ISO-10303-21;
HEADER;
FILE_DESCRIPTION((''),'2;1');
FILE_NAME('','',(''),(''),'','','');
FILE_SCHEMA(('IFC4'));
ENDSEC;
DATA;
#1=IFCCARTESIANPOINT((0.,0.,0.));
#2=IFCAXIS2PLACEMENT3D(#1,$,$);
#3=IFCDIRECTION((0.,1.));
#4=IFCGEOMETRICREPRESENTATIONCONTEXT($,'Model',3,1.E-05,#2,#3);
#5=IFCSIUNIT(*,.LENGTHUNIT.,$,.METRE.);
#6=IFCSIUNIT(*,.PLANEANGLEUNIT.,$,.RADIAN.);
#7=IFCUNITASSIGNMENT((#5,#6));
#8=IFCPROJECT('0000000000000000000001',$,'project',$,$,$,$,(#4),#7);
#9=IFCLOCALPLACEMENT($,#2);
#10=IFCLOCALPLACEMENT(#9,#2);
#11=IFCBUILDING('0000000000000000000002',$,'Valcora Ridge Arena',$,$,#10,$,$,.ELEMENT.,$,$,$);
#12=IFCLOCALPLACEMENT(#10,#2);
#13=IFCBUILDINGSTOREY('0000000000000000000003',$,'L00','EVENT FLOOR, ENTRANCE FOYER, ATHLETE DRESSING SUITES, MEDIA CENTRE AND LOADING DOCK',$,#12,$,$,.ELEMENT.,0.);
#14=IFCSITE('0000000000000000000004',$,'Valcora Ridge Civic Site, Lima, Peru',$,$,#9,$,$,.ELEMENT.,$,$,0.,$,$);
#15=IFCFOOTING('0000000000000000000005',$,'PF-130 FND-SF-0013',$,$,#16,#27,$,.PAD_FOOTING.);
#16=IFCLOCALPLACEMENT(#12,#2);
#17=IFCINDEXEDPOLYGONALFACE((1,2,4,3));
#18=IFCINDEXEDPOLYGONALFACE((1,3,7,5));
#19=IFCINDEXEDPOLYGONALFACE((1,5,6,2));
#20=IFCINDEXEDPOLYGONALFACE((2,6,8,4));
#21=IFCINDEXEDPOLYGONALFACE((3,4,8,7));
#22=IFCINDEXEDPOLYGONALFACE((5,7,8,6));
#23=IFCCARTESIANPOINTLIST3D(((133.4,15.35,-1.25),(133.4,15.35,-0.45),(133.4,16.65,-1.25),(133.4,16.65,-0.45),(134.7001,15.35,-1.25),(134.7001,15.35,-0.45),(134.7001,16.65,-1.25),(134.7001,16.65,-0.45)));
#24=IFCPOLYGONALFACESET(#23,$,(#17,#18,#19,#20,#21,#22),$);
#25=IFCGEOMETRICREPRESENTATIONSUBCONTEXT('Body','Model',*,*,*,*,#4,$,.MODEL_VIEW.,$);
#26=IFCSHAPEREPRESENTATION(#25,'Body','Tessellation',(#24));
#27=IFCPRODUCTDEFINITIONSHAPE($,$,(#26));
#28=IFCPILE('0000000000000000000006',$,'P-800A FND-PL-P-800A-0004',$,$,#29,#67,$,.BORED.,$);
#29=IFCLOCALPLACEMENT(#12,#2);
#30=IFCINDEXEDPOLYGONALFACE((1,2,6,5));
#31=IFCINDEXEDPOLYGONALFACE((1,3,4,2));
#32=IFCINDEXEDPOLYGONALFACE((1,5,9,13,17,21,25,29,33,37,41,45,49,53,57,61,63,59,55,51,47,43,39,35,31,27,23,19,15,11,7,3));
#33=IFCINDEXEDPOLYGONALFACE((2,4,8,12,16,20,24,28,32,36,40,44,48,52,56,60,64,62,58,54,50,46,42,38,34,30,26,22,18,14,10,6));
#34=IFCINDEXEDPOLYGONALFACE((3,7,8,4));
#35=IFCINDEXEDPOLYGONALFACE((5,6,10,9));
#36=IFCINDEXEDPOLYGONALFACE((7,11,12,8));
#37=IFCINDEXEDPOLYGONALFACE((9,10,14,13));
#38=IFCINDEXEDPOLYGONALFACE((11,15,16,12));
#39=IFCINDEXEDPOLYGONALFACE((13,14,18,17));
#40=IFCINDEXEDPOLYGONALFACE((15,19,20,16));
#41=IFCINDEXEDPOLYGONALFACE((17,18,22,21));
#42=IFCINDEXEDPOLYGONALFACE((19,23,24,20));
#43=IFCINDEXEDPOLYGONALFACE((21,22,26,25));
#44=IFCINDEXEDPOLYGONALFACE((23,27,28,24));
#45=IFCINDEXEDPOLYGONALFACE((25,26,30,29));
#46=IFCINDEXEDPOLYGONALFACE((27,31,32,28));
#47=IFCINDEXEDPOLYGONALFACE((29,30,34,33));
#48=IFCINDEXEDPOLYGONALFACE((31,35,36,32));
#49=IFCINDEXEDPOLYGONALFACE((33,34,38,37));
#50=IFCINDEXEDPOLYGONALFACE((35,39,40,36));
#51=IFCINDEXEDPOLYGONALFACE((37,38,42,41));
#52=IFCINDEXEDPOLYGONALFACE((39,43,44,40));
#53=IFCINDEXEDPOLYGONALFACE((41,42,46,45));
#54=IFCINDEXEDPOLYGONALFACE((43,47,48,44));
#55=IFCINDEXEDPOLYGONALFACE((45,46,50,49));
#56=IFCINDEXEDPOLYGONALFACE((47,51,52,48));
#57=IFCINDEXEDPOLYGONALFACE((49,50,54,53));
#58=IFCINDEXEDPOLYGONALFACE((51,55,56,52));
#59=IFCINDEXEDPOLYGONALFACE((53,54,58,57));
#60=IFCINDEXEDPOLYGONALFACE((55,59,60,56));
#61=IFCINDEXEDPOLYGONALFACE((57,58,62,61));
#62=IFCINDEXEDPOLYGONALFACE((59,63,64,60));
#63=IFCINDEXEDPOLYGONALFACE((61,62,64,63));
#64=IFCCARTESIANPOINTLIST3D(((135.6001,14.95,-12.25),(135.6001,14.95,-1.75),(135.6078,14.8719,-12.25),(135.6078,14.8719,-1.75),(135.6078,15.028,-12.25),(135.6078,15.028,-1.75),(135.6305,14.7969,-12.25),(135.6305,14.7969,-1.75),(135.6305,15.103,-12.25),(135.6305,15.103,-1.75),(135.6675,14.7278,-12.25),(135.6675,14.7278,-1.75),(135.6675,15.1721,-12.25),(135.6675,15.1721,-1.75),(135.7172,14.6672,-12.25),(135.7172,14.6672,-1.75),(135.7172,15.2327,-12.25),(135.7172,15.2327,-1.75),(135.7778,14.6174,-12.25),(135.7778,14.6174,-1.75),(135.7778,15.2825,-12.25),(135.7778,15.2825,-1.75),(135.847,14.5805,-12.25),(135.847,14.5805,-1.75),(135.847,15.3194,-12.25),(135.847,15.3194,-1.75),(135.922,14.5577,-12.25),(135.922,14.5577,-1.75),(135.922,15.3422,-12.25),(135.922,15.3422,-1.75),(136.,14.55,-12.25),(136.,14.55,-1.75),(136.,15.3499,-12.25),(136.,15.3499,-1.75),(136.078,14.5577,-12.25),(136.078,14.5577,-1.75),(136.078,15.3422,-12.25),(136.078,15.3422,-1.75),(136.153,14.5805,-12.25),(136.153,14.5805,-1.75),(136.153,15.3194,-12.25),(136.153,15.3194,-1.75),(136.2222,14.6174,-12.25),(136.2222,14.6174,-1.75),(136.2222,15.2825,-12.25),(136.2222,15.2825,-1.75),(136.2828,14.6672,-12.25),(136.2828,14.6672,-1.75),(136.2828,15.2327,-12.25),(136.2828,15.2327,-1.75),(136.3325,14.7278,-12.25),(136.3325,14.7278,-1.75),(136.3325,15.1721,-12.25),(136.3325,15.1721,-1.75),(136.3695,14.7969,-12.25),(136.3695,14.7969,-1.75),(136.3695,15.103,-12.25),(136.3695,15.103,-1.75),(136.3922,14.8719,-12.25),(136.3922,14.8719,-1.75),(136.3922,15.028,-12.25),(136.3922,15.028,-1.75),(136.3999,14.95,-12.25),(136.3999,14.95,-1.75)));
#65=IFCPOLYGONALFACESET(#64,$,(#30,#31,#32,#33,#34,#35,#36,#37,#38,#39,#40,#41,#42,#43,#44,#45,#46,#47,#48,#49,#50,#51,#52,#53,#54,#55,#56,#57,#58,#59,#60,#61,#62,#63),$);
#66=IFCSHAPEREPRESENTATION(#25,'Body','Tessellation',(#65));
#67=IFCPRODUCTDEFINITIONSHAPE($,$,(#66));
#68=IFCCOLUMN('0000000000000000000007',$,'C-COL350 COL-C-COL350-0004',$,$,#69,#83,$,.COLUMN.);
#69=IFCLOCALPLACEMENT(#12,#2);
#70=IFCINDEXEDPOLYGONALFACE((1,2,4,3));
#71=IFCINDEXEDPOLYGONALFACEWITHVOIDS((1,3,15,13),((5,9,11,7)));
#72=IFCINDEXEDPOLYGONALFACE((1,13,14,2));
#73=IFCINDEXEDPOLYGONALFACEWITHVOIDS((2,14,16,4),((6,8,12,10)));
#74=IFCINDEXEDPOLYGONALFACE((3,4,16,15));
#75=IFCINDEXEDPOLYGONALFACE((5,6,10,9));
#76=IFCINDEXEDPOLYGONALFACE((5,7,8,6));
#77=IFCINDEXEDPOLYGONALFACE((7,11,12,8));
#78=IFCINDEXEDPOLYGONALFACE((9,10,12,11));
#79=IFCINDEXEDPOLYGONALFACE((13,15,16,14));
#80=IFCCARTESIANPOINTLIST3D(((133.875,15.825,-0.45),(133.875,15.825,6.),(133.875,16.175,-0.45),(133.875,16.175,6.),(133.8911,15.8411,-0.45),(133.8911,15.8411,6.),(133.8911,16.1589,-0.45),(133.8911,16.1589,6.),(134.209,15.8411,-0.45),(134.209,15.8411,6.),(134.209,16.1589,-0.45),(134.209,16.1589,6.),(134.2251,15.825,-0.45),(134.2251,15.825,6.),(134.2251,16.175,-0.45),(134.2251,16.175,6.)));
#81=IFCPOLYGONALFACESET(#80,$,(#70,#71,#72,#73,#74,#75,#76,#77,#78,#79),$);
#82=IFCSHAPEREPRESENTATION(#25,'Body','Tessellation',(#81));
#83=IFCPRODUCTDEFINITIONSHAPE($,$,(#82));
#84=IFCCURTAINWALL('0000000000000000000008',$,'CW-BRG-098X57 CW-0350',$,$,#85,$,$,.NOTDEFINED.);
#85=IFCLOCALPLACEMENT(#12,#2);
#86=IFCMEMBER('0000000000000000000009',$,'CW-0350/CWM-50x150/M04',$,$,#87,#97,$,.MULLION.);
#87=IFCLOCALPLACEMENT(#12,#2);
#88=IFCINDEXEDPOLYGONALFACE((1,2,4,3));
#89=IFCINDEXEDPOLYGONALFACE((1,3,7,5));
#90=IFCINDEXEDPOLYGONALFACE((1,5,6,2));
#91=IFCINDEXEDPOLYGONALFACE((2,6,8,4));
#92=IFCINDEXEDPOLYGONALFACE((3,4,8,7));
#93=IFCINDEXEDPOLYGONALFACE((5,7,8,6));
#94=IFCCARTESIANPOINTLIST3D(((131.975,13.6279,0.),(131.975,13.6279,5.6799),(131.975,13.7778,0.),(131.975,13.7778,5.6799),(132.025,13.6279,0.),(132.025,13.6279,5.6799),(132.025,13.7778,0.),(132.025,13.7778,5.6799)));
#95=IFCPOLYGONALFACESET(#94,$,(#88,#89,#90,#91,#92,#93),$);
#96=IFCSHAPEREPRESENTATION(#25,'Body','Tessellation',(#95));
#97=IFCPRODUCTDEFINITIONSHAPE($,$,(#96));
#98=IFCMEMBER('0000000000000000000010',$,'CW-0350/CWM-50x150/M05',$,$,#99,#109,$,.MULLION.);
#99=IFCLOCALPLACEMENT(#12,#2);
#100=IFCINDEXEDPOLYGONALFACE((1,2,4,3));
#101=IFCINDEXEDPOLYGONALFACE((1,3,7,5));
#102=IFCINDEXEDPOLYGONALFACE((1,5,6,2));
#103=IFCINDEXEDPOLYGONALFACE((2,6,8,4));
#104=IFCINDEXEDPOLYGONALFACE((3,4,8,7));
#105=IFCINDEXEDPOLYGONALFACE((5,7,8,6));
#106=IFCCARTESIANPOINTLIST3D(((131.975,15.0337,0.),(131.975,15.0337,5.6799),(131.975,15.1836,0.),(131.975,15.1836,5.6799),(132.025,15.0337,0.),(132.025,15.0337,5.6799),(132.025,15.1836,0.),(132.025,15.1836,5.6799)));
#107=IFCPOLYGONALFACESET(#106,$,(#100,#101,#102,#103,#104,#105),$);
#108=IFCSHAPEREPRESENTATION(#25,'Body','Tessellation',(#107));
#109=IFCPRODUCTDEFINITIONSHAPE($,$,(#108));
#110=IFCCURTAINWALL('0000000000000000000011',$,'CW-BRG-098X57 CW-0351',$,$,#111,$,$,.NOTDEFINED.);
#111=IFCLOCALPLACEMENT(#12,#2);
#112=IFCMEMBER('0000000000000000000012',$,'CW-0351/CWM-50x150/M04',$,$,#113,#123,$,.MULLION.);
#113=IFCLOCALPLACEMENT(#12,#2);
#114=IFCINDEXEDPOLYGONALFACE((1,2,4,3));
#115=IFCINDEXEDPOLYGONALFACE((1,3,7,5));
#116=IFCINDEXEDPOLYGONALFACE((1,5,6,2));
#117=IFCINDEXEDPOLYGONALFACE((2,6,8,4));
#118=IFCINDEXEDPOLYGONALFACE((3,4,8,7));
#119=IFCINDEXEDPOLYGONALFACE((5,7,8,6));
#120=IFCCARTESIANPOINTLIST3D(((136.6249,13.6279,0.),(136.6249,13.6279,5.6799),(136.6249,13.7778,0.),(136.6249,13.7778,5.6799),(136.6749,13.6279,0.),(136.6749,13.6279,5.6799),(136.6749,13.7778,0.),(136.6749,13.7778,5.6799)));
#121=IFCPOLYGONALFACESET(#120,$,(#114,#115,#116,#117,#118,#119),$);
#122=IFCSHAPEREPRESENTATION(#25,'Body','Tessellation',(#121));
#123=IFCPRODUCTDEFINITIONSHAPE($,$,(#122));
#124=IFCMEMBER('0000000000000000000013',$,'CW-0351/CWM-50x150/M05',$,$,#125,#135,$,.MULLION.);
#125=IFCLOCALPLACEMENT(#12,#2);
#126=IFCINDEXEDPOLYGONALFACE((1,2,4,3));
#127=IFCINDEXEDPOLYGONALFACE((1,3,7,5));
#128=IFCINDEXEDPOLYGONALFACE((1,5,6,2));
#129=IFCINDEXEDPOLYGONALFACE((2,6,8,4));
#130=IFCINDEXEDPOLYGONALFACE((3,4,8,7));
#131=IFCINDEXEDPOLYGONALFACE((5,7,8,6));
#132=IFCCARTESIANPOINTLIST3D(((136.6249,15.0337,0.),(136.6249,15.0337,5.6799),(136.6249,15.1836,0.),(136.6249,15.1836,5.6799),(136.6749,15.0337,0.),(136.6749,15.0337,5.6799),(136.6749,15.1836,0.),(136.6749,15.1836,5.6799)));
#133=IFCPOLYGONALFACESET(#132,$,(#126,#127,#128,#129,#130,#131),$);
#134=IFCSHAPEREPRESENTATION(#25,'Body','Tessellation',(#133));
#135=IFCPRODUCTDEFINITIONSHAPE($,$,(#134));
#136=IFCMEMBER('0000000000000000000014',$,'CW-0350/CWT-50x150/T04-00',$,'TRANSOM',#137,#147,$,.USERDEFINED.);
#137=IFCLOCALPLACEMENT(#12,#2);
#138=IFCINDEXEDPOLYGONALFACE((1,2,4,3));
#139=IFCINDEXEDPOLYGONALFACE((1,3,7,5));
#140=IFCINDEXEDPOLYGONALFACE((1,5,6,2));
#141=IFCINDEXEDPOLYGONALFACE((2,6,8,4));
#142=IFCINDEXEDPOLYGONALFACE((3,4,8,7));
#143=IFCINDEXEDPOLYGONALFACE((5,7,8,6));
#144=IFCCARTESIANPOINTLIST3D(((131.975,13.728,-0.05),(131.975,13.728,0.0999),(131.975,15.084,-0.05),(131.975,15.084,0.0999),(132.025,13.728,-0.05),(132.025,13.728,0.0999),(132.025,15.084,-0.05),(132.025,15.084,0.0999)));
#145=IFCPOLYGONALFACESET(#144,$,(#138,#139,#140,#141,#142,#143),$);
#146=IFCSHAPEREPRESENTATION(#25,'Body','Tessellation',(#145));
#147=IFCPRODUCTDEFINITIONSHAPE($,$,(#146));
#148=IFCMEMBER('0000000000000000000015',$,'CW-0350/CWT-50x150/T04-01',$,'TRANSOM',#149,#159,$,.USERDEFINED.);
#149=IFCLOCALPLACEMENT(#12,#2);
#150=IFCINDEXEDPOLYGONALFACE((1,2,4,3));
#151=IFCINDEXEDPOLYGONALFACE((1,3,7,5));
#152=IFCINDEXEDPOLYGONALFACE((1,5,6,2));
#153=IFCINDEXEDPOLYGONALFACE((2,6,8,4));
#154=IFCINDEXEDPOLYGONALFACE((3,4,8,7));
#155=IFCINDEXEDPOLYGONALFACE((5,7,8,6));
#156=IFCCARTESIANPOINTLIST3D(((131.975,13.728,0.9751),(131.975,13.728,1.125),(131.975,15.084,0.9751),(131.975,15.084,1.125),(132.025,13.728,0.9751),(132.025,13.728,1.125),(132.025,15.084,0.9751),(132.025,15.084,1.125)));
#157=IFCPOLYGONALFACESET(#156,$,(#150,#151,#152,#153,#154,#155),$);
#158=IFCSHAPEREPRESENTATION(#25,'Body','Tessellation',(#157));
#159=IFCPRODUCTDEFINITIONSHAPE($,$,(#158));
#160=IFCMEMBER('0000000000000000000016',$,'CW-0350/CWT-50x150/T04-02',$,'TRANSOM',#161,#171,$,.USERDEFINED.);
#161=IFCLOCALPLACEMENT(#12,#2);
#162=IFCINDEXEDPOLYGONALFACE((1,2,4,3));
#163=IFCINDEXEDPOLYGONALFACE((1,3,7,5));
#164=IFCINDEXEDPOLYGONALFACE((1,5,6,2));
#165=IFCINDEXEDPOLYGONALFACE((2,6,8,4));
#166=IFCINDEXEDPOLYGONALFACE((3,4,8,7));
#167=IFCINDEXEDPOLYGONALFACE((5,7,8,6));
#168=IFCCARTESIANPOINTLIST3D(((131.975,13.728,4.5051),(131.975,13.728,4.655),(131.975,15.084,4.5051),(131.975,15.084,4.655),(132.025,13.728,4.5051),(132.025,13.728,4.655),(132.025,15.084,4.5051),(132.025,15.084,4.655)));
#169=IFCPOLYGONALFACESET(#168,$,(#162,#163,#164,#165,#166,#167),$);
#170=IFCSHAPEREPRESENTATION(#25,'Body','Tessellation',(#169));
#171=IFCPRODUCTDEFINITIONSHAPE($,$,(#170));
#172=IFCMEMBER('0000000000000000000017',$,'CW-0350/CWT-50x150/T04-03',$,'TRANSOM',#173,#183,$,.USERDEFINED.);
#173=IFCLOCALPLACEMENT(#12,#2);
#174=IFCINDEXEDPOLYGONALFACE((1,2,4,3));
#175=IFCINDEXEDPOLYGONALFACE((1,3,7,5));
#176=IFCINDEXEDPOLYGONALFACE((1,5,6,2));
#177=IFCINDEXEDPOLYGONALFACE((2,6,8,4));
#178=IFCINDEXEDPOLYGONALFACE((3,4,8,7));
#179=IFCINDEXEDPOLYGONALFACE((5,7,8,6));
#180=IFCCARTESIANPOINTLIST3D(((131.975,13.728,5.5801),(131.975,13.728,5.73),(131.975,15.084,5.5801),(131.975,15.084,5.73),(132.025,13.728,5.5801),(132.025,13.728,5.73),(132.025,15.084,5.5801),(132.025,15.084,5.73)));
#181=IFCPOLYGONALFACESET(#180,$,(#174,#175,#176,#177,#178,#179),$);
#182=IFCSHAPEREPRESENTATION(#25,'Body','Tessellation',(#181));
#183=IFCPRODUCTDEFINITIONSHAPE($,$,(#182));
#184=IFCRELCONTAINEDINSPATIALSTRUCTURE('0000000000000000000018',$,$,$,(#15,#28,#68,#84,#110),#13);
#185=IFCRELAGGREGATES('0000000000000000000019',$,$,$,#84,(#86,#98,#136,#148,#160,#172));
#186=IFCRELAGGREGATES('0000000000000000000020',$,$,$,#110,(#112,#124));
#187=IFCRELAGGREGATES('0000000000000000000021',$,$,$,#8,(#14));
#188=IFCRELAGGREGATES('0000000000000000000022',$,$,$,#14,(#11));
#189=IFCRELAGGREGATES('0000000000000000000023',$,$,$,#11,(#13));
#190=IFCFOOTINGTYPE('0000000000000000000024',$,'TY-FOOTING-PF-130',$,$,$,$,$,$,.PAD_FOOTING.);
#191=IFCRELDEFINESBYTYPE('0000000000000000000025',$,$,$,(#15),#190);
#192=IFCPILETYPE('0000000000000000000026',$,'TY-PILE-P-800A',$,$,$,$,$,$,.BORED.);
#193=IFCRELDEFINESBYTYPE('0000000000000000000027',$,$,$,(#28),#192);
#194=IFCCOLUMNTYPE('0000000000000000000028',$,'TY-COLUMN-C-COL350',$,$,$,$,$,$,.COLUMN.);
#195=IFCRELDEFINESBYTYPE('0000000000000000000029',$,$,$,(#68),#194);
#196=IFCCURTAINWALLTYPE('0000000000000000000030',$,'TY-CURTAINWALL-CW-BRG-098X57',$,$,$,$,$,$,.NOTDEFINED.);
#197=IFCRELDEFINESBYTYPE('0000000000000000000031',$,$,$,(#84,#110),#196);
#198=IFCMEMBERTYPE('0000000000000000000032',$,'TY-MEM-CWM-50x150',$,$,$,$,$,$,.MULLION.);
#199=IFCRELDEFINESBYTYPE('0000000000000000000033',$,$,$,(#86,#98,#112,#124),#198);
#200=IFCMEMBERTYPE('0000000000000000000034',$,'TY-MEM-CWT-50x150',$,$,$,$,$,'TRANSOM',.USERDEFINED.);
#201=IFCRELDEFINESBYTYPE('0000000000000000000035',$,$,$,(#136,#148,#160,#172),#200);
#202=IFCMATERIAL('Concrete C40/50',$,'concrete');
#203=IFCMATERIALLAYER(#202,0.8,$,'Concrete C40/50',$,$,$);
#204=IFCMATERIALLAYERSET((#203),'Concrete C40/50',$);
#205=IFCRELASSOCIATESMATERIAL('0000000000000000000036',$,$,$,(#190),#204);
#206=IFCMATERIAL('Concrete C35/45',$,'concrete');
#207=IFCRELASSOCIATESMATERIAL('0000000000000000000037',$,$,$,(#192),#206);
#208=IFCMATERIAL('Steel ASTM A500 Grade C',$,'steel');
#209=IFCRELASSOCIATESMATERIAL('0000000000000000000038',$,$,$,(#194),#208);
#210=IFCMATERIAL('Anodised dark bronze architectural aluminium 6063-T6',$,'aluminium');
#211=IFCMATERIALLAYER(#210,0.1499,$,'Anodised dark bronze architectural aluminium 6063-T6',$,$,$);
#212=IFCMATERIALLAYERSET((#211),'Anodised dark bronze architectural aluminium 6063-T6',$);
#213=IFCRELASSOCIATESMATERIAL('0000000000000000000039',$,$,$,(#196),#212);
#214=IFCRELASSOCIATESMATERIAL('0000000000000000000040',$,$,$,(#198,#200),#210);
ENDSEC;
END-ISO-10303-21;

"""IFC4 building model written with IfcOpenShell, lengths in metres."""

from ifc_helpers import new_model, si_unit, direction, frame, origin, origin_2d, place, context, subcontext, project, spatial, rectangle, hollow_rectangle, circle, extrude, material, layer, layer_set, material_profile, profile_set, type_object, element, aggregate, save


model = new_model("IFC4")

# Units and contexts
model_context = context("Model", 3, precision=1e-05, world=origin(), true_north=direction((0.0, 1.0)))
body_context = subcontext(model_context, "Body", "Model", "MODEL_VIEW")
ifc_project = project(units=[si_unit("LENGTHUNIT", "METRE"), si_unit("PLANEANGLEUNIT", "RADIAN")], contexts=[model_context])

# Site, building, storey
site_placement = place(None, origin())
site = spatial("IfcSite", under=ifc_project, at=site_placement, Name="Valcora Ridge Civic Site, Lima, Peru", CompositionType="ELEMENT", RefElevation=0.0)
building_placement = place(site_placement, origin())
building = spatial("IfcBuilding", under=site, at=building_placement, Name="Valcora Ridge Arena", CompositionType="ELEMENT")
storey_placement = place(building_placement, origin())
storey = spatial("IfcBuildingStorey", under=building, at=storey_placement, Name="L00", Description="EVENT FLOOR, ENTRANCE FOYER, ATHLETE DRESSING SUITES, MEDIA CENTRE AND LOADING DOCK", CompositionType="ELEMENT", Elevation=0.0)

# Footing
ifc_material_1 = material(Name="Concrete C40/50", Category="concrete")
ifc_layer_1 = layer(ifc_material_1, 0.8, Name="Concrete C40/50")
ifc_layer_set_1 = layer_set([ifc_layer_1], Name="Concrete C40/50")
footing_type = type_object("IfcFootingType", Name="TY-FOOTING-PF-130", PredefinedType="PAD_FOOTING", material=ifc_layer_set_1)
footing_placement = place(storey_placement, frame((134.05, 16.0, -1.25), z_axis=(0.0, 0.0, 1.0), x_axis=(1.0, 0.0, 0.0)))
element("IfcFooting", 1, at=footing_placement, inside=storey, type_object=footing_type, Name="PF-130 FND-SF-0013", PredefinedType="PAD_FOOTING", context=body_context, shape_type="SweptSolid", body=[
    extrude(rectangle(XDim=1.3, YDim=1.3, at=origin_2d()), origin(), (0.0, 0.0, 1.0), 0.8),
])

# Pile
ifc_material_2 = material(Name="Concrete C35/45", Category="concrete")
ifc_material_profile_1 = material_profile(ifc_material_2, circle(Radius=0.3999, at=origin_2d()), Name="BORED PILE D800")
ifc_profile_set_1 = profile_set([ifc_material_profile_1], Name="Concrete C35/45")
pile_type = type_object("IfcPileType", Name="TY-PILE-P-800A", PredefinedType="BORED", material=ifc_profile_set_1)
pile_placement = place(storey_placement, frame((136.0, 14.95, -1.75), z_axis=(0.0, 0.0, -1.0), x_axis=(1.0, 0.0, 0.0)))
element("IfcPile", 2, at=pile_placement, inside=storey, type_object=pile_type, Name="P-800A FND-PL-P-800A-0004", PredefinedType="BORED", context=body_context, shape_type="SweptSolid", body=[
    extrude(circle(Radius=0.3999, at=origin_2d()), origin(), (0.0, 0.0, 1.0), 10.5),
])

# Column
ifc_material_3 = material(Name="Steel ASTM A500 Grade C", Category="steel")
ifc_material_profile_2 = material_profile(ifc_material_3, hollow_rectangle(XDim=0.3501, YDim=0.3501, WallThickness=0.0161, at=origin_2d()), Name="HSS350X350X16")
ifc_profile_set_2 = profile_set([ifc_material_profile_2], Name="Steel ASTM A500 Grade C")
column_type = type_object("IfcColumnType", Name="TY-COLUMN-C-COL350", PredefinedType="COLUMN", material=ifc_profile_set_2)
column_placement = place(storey_placement, frame((134.05, 16.0, -0.45), z_axis=(0.0, 0.0, 1.0), x_axis=(1.0, 0.0, 0.0)))
element("IfcColumn", 3, at=column_placement, inside=storey, type_object=column_type, Name="C-COL350 COL-C-COL350-0004", PredefinedType="COLUMN", context=body_context, shape_type="SweptSolid", body=[
    extrude(hollow_rectangle(XDim=0.3501, YDim=0.3501, WallThickness=0.0161, at=origin_2d()), origin(), (0.0, 0.0, 1.0), 6.45),
])

# Curtain walls, members
ifc_material_4 = material(Name="Anodised dark bronze architectural aluminium 6063-T6", Category="aluminium")
ifc_layer_2 = layer(ifc_material_4, 0.1499, Name="Anodised dark bronze architectural aluminium 6063-T6")
ifc_layer_set_2 = layer_set([ifc_layer_2], Name="Anodised dark bronze architectural aluminium 6063-T6")
curtain_wall_type = type_object("IfcCurtainWallType", Name="TY-CURTAINWALL-CW-BRG-098X57", PredefinedType="NOTDEFINED", material=ifc_layer_set_2)
curtain_wall_1_placement = place(storey_placement, origin())
curtain_wall_1 = element("IfcCurtainWall", 4, at=curtain_wall_1_placement, inside=storey, type_object=curtain_wall_type, Name="CW-BRG-098X57 CW-0350", PredefinedType="NOTDEFINED")
ifc_material_profile_3 = material_profile(ifc_material_4, rectangle(XDim=0.05, YDim=0.1499, at=origin_2d()), Name="ALU MULLION 50x150")
ifc_profile_set_3 = profile_set([ifc_material_profile_3], Name="Anodised dark bronze architectural aluminium 6063-T6")
member_type_1 = type_object("IfcMemberType", Name="TY-MEM-CWM-50x150", PredefinedType="MULLION", material=ifc_profile_set_3)
member_1_placement = place(storey_placement, frame((132.0, 13.7029, 0.0), z_axis=(0.0, 0.0, 1.0), x_axis=(-1.0, 0.0, 0.0)))
member_1 = element("IfcMember", 5, at=member_1_placement, type_object=member_type_1, Name="CW-0350/CWM-50x150/M04", PredefinedType="MULLION", context=body_context, shape_type="SweptSolid", body=[
    extrude(rectangle(XDim=0.05, YDim=0.1499, at=origin_2d()), origin(), (0.0, 0.0, 1.0), 5.6799),
])
member_2_placement = place(storey_placement, frame((132.0, 15.1086, 0.0), z_axis=(0.0, 0.0, 1.0), x_axis=(-1.0, 0.0, 0.0)))
member_2 = element("IfcMember", 6, at=member_2_placement, type_object=member_type_1, Name="CW-0350/CWM-50x150/M05", PredefinedType="MULLION", context=body_context, shape_type="SweptSolid", body=[
    extrude(rectangle(XDim=0.05, YDim=0.1499, at=origin_2d()), origin(), (0.0, 0.0, 1.0), 5.6799),
])
curtain_wall_2_placement = place(storey_placement, origin())
curtain_wall_2 = element("IfcCurtainWall", 7, at=curtain_wall_2_placement, inside=storey, type_object=curtain_wall_type, Name="CW-BRG-098X57 CW-0351", PredefinedType="NOTDEFINED")
member_3_placement = place(storey_placement, frame((136.6499, 13.7029, 0.0), z_axis=(0.0, 0.0, 1.0), x_axis=(-1.0, 0.0, 0.0)))
member_3 = element("IfcMember", 8, at=member_3_placement, type_object=member_type_1, Name="CW-0351/CWM-50x150/M04", PredefinedType="MULLION", context=body_context, shape_type="SweptSolid", body=[
    extrude(rectangle(XDim=0.05, YDim=0.1499, at=origin_2d()), origin(), (0.0, 0.0, 1.0), 5.6799),
])
member_4_placement = place(storey_placement, frame((136.6499, 15.1086, 0.0), z_axis=(0.0, 0.0, 1.0), x_axis=(-1.0, 0.0, 0.0)))
member_4 = element("IfcMember", 9, at=member_4_placement, type_object=member_type_1, Name="CW-0351/CWM-50x150/M05", PredefinedType="MULLION", context=body_context, shape_type="SweptSolid", body=[
    extrude(rectangle(XDim=0.05, YDim=0.1499, at=origin_2d()), origin(), (0.0, 0.0, 1.0), 5.6799),
])

# Members
ifc_material_profile_4 = material_profile(ifc_material_4, rectangle(XDim=0.05, YDim=0.1499, at=origin_2d()), Name="ALU TRANSOM 50x150")
ifc_profile_set_4 = profile_set([ifc_material_profile_4], Name="Anodised dark bronze architectural aluminium 6063-T6")
member_type_2 = type_object("IfcMemberType", Name="TY-MEM-CWT-50x150", ElementType="TRANSOM", PredefinedType="USERDEFINED", material=ifc_profile_set_4)
member_5_placement = place(storey_placement, frame((132.0, 13.728, 0.0249), z_axis=(0.0, 1.0, 0.0), x_axis=(-1.0, 0.0, 0.0)))
member_5 = element("IfcMember", 10, at=member_5_placement, type_object=member_type_2, Name="CW-0350/CWT-50x150/T04-00", ObjectType="TRANSOM", PredefinedType="USERDEFINED", context=body_context, shape_type="SweptSolid", body=[
    extrude(rectangle(XDim=0.05, YDim=0.1499, at=origin_2d()), origin(), (0.0, 0.0, 1.0), 1.356),
])
member_6_placement = place(storey_placement, frame((132.0, 13.728, 1.05), z_axis=(0.0, 1.0, 0.0), x_axis=(-1.0, 0.0, 0.0)))
member_6 = element("IfcMember", 11, at=member_6_placement, type_object=member_type_2, Name="CW-0350/CWT-50x150/T04-01", ObjectType="TRANSOM", PredefinedType="USERDEFINED", context=body_context, shape_type="SweptSolid", body=[
    extrude(rectangle(XDim=0.05, YDim=0.1499, at=origin_2d()), origin(), (0.0, 0.0, 1.0), 1.356),
])
member_7_placement = place(storey_placement, frame((132.0, 13.728, 4.5801), z_axis=(0.0, 1.0, 0.0), x_axis=(-1.0, 0.0, 0.0)))
member_7 = element("IfcMember", 12, at=member_7_placement, type_object=member_type_2, Name="CW-0350/CWT-50x150/T04-02", ObjectType="TRANSOM", PredefinedType="USERDEFINED", context=body_context, shape_type="SweptSolid", body=[
    extrude(rectangle(XDim=0.05, YDim=0.1499, at=origin_2d()), origin(), (0.0, 0.0, 1.0), 1.356),
])
member_8_placement = place(storey_placement, frame((132.0, 13.728, 5.655), z_axis=(0.0, 1.0, 0.0), x_axis=(-1.0, 0.0, 0.0)))
member_8 = element("IfcMember", 13, at=member_8_placement, type_object=member_type_2, Name="CW-0350/CWT-50x150/T04-03", ObjectType="TRANSOM", PredefinedType="USERDEFINED", context=body_context, shape_type="SweptSolid", body=[
    extrude(rectangle(XDim=0.05, YDim=0.1499, at=origin_2d()), origin(), (0.0, 0.0, 1.0), 1.356),
])

aggregate(curtain_wall_1, [member_1, member_2, member_5, member_6, member_7, member_8])
aggregate(curtain_wall_2, [member_3, member_4])

save(model, "model.ifc")
